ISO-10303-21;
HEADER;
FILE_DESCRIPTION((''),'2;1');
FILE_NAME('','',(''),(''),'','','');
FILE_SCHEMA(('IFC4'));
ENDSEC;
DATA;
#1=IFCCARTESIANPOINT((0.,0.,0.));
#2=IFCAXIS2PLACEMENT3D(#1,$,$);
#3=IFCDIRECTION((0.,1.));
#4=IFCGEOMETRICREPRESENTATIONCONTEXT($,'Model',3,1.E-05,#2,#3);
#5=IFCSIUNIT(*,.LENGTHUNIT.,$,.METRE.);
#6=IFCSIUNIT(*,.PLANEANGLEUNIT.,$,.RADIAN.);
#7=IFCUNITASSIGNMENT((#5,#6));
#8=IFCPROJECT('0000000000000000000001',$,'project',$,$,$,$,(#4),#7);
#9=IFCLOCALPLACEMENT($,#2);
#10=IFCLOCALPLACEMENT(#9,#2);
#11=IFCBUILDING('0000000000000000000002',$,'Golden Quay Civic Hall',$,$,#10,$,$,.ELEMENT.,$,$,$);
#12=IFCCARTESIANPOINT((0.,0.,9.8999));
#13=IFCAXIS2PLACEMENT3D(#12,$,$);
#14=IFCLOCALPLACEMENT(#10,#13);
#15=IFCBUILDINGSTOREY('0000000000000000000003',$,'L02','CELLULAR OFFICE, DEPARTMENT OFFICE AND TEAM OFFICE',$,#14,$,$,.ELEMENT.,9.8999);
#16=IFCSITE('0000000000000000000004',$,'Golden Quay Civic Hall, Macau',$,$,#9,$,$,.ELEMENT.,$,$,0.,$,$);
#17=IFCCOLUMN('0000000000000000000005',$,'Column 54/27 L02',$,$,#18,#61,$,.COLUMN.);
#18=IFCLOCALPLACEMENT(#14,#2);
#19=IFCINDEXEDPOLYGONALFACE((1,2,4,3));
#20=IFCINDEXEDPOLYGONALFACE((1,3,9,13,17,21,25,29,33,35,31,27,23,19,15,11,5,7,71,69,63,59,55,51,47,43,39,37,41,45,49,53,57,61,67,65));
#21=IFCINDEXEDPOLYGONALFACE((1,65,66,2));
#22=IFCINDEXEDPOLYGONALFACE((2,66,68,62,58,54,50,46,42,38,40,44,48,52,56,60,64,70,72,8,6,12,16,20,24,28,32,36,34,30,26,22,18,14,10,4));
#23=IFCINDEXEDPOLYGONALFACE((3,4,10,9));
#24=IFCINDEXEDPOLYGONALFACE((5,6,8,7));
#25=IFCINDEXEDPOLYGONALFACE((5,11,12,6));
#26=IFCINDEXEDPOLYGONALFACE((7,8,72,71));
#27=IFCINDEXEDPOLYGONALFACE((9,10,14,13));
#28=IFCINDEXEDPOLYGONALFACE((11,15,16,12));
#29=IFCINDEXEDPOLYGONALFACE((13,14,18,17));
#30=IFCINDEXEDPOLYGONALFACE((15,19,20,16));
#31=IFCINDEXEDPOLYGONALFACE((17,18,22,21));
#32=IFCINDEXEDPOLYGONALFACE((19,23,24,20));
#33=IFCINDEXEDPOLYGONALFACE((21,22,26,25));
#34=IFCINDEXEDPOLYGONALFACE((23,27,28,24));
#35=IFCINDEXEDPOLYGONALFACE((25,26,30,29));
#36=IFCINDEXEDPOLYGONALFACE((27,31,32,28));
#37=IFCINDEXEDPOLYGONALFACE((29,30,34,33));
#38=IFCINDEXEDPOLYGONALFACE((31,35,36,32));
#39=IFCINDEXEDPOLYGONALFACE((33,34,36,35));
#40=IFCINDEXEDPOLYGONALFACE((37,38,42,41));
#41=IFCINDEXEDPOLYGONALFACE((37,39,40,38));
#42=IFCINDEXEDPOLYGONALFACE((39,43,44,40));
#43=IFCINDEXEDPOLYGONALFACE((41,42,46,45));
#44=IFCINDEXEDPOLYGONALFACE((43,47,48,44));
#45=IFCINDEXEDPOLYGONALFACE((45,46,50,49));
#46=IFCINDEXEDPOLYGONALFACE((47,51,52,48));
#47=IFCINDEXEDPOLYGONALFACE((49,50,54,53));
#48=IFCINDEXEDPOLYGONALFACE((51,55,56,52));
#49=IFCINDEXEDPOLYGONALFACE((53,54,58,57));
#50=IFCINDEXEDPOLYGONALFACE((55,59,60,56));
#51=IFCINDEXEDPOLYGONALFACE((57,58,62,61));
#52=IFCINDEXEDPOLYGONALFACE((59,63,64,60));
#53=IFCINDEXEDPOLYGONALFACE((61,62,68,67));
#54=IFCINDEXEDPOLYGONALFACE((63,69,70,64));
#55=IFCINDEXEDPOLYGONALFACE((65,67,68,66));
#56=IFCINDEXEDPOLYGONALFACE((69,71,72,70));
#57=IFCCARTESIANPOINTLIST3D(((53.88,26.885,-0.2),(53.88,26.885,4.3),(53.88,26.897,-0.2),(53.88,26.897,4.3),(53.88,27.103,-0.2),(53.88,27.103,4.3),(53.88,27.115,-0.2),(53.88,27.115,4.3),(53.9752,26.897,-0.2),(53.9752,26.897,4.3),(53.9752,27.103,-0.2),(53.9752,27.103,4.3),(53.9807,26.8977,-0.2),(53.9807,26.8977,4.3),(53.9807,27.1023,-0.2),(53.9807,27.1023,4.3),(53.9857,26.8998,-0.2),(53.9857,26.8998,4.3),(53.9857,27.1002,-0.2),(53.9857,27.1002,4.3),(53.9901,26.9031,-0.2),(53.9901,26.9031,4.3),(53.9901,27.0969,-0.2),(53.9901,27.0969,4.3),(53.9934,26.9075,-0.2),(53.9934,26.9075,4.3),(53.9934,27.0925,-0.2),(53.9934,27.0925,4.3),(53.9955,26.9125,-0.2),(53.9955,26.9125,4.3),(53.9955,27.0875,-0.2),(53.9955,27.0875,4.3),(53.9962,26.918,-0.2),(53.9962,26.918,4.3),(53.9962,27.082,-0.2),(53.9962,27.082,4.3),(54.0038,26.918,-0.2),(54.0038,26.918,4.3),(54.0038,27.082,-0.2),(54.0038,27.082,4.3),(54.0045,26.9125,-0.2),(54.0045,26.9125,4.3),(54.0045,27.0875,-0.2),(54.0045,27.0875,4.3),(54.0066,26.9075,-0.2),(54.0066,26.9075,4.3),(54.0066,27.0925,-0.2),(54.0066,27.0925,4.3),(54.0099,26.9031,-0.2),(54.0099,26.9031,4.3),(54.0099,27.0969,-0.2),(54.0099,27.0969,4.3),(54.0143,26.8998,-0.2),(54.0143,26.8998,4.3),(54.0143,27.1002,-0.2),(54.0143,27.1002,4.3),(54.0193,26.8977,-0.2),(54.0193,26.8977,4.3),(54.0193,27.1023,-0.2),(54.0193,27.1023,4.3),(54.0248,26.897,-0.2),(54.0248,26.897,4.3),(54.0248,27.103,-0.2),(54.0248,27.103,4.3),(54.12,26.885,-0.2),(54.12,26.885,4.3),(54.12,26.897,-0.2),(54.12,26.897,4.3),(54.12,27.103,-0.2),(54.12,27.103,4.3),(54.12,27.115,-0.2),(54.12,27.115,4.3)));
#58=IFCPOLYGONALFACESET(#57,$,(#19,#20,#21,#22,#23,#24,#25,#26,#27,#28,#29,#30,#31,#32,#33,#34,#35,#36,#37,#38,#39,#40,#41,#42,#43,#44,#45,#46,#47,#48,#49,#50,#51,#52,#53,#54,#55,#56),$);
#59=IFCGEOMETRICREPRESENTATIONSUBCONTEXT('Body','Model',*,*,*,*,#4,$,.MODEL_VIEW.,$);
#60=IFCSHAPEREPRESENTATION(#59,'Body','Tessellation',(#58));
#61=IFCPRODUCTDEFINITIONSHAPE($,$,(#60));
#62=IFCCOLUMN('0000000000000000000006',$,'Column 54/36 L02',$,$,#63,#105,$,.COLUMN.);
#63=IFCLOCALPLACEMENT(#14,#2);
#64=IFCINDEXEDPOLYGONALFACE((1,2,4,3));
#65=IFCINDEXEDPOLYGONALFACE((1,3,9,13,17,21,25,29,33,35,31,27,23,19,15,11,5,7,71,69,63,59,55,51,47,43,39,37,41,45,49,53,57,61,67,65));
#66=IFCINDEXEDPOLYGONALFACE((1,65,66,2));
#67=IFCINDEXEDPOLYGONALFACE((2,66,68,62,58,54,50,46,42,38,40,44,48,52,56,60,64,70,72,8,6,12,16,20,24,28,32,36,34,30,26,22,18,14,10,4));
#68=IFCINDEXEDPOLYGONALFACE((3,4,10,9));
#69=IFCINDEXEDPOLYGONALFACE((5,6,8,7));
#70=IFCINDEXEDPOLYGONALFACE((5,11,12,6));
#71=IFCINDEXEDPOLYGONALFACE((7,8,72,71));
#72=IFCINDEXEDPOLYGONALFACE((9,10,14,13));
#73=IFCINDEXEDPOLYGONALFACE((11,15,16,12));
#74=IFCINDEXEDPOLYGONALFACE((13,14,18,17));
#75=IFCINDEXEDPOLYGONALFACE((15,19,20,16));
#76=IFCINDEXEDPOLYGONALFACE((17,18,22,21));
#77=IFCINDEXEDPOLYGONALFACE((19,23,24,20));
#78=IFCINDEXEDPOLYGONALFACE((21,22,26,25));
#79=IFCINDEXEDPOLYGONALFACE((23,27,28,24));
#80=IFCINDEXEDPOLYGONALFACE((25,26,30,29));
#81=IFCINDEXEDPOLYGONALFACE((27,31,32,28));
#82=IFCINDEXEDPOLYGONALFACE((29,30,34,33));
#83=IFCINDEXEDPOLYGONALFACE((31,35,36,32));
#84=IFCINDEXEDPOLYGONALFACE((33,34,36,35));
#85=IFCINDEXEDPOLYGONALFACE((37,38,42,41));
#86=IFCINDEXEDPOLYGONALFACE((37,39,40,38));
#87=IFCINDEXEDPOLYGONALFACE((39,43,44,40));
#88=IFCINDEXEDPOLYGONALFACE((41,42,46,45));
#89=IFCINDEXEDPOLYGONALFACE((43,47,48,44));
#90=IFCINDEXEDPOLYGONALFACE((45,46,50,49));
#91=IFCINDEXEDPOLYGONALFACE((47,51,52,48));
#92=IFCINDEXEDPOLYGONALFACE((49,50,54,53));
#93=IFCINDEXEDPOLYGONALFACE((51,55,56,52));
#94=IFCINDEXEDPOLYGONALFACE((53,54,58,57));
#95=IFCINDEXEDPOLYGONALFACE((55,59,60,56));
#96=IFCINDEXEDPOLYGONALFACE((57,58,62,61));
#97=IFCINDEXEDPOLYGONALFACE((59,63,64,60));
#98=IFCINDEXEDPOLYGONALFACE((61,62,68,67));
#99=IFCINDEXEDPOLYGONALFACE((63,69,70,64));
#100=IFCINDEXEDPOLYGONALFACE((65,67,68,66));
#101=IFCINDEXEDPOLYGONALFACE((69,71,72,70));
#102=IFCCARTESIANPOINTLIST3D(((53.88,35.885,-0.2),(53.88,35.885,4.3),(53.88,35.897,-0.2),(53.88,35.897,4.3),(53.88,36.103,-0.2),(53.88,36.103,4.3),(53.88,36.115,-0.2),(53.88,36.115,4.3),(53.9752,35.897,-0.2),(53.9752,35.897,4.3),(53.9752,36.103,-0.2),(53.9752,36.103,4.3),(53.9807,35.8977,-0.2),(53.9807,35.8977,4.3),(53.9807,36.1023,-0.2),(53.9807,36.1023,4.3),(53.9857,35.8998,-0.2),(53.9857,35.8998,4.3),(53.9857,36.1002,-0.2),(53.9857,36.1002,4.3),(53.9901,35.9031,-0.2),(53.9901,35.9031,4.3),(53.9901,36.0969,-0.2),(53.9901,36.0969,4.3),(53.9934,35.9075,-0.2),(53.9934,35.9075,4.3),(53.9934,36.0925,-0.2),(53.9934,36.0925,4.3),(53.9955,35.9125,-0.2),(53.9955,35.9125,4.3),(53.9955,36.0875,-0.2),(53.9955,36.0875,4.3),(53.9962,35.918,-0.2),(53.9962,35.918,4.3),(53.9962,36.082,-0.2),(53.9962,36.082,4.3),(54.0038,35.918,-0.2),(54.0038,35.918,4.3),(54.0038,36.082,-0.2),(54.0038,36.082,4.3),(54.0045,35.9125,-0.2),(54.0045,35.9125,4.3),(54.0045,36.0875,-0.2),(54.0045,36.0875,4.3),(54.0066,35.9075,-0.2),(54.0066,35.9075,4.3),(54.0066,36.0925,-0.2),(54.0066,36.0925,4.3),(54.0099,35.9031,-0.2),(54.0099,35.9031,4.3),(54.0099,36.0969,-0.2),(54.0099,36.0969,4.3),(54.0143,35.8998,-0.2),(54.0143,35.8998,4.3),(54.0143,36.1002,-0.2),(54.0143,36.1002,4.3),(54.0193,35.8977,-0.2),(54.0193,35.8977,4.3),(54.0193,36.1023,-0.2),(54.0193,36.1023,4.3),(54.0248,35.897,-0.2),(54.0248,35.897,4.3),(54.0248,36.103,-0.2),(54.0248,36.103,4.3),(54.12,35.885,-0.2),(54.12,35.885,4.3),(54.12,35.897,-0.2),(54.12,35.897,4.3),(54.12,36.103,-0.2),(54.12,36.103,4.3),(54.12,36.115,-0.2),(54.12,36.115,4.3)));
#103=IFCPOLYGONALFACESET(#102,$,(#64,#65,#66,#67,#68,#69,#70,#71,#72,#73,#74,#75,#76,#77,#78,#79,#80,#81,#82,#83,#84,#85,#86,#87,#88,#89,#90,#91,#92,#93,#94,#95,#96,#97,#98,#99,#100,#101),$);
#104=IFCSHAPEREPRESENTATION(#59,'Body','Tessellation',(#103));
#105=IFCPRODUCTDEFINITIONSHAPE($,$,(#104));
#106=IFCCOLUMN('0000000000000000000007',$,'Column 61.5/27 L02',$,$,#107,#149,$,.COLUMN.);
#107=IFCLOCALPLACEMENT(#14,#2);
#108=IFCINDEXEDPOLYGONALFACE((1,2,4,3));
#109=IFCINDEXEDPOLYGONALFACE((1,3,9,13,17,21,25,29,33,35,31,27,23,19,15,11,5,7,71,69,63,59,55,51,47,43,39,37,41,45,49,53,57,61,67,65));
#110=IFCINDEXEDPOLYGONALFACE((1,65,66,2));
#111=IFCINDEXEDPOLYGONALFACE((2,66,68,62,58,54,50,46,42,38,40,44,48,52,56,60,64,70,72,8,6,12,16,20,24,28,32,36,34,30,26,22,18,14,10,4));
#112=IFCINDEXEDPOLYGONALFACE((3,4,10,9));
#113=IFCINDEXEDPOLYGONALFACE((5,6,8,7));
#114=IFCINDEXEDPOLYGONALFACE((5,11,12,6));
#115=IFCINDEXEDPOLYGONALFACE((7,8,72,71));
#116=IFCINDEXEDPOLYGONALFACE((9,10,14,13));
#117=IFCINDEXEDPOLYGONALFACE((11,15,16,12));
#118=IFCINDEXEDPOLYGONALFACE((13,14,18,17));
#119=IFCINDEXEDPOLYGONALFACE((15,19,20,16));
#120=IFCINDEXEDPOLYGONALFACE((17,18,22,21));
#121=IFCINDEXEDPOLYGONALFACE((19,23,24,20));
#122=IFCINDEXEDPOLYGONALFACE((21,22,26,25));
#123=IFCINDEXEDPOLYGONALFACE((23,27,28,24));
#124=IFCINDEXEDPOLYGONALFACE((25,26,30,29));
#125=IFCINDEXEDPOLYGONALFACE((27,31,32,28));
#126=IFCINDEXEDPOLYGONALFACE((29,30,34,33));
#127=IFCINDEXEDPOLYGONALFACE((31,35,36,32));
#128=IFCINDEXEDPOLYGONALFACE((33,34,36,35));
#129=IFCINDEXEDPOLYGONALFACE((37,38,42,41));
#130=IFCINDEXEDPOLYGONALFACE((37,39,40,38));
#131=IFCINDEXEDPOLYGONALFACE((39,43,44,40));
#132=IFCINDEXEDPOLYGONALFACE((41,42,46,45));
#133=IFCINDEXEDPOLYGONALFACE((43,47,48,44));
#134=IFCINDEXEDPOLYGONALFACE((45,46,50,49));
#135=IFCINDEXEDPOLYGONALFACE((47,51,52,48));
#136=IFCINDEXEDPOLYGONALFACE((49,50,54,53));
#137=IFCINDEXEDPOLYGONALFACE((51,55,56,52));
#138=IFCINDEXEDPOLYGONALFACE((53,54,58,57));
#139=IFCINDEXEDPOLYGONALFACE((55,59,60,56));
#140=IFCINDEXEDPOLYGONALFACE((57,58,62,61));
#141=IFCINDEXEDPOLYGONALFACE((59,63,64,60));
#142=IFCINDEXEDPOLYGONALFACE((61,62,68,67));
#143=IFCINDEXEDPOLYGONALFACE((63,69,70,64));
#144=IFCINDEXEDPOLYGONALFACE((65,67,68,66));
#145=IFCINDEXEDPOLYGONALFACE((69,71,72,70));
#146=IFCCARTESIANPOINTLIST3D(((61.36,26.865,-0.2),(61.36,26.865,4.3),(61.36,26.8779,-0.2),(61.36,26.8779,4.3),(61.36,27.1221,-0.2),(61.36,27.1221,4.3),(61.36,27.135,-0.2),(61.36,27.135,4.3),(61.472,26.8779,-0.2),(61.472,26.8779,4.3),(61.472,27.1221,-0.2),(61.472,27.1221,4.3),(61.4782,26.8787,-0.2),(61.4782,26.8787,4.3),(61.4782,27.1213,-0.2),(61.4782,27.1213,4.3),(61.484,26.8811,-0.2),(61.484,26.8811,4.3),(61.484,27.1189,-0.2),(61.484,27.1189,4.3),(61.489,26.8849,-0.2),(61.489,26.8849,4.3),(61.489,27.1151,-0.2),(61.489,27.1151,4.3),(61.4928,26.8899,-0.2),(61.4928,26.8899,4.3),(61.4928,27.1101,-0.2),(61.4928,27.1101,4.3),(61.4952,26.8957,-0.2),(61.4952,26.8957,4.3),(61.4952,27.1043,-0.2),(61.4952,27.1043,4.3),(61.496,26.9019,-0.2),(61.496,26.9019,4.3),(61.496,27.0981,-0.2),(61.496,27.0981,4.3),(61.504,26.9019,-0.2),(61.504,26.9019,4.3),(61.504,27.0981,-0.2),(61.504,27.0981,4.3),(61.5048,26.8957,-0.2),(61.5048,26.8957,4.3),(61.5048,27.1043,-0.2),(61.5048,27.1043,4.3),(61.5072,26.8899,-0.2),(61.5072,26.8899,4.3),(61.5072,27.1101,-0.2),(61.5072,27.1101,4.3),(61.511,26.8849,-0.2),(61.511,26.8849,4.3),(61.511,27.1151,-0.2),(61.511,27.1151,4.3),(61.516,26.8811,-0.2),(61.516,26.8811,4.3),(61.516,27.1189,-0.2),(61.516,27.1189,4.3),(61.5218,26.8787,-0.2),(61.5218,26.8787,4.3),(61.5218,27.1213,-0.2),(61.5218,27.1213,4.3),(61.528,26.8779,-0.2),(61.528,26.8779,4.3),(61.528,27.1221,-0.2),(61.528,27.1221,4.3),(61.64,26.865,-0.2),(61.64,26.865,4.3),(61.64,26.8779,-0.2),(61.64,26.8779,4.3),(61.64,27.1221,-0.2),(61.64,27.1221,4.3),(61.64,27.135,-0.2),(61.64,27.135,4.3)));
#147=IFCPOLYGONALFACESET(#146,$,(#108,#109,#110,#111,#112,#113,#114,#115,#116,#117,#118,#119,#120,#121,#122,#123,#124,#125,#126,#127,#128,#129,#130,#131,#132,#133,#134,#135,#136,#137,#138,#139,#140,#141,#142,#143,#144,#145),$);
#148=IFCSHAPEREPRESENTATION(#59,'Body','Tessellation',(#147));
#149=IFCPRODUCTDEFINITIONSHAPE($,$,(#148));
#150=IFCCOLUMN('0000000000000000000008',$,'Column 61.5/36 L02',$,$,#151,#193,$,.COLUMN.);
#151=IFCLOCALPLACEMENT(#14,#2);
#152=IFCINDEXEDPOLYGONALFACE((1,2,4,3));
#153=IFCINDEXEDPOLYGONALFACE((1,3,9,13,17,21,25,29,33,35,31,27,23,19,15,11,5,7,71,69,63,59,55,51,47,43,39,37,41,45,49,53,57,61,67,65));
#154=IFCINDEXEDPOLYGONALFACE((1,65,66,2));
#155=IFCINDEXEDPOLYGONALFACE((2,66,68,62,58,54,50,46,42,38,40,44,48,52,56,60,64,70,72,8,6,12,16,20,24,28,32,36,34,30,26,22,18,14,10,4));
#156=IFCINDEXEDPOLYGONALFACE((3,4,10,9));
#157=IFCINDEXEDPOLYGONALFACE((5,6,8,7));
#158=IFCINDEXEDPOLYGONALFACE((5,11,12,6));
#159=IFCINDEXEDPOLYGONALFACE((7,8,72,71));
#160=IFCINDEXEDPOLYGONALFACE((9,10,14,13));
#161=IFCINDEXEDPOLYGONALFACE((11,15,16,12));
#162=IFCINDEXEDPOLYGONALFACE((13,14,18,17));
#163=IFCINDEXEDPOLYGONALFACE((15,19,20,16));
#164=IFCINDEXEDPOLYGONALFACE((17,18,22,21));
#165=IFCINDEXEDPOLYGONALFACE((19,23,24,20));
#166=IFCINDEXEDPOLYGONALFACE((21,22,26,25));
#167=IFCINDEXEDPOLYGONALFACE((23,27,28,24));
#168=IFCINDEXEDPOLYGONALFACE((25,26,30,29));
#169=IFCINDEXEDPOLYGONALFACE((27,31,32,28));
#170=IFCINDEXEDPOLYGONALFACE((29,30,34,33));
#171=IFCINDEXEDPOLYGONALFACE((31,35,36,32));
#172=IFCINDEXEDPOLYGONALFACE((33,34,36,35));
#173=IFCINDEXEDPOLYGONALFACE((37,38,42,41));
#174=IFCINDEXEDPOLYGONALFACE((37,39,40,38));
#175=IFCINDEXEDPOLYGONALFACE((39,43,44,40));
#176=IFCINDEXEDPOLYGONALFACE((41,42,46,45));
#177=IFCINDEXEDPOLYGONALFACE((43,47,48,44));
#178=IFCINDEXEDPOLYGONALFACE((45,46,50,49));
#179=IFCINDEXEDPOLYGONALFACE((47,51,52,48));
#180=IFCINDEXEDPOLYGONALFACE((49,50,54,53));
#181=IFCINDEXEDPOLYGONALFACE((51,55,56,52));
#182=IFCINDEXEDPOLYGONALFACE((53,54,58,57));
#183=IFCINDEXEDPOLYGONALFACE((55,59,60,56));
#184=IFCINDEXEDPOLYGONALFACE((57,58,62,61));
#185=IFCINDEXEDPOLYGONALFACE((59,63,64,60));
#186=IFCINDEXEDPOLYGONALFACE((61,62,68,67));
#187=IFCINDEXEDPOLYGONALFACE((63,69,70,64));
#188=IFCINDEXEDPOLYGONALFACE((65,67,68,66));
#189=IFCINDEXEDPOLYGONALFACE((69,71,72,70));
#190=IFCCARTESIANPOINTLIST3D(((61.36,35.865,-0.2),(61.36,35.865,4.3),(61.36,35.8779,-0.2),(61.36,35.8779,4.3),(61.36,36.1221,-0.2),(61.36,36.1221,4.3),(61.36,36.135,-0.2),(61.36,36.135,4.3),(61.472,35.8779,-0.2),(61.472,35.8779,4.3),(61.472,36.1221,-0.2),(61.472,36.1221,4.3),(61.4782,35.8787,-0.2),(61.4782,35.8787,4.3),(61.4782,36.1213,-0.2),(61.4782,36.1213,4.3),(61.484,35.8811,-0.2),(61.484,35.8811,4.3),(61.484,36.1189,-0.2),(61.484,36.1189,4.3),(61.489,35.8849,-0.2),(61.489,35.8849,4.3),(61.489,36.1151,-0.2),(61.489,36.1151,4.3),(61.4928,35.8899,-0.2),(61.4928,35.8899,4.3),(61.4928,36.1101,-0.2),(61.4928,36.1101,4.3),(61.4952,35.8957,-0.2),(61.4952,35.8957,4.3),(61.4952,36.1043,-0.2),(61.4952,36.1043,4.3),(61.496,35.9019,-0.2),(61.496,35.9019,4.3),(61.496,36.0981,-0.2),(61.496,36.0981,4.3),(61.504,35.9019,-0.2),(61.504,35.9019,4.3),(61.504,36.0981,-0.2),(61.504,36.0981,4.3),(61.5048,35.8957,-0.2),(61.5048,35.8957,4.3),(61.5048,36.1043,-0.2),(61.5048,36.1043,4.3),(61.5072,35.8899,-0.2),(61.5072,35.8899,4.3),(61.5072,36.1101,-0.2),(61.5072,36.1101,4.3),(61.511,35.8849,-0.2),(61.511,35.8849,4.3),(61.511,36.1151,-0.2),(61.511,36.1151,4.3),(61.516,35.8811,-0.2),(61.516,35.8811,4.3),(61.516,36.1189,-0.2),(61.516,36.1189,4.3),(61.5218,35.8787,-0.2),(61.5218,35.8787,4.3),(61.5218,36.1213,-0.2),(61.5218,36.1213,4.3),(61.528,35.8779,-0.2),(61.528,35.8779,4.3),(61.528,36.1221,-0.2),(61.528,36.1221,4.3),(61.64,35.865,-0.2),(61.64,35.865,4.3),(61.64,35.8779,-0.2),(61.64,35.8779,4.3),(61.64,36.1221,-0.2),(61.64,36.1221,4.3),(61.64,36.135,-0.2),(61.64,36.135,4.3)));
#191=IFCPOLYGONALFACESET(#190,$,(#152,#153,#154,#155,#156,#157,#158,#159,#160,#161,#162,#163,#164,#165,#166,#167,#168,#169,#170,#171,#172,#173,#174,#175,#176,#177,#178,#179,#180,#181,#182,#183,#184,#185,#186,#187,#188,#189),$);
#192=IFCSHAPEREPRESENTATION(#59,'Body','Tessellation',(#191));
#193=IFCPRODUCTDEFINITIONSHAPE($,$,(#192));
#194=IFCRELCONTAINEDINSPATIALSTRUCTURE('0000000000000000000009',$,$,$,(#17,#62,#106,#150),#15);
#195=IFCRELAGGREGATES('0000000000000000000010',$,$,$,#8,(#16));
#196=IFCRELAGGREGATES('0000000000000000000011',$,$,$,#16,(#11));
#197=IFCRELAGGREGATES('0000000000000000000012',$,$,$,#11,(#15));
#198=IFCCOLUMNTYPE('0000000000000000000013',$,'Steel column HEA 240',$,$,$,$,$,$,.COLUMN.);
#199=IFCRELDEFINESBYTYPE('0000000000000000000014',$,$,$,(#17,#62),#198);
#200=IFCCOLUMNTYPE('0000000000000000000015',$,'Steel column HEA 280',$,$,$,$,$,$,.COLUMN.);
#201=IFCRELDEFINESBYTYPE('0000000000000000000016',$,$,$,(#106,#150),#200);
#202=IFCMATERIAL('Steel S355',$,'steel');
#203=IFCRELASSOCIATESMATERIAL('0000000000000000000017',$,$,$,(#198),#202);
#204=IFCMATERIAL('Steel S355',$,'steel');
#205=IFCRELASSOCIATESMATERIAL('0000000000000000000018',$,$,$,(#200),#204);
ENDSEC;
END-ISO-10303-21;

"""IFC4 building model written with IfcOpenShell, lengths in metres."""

from ifc_helpers import new_model, si_unit, direction, frame, origin, origin_2d, place, context, subcontext, project, spatial, i_section, extrude, material, material_profile, profile_set, type_object, element, save


model = new_model("IFC4")

# Units and contexts
model_context = context("Model", 3, precision=1e-05, world=origin(), true_north=direction((0.0, 1.0)))
body_context = subcontext(model_context, "Body", "Model", "MODEL_VIEW")
ifc_project = project(units=[si_unit("LENGTHUNIT", "METRE"), si_unit("PLANEANGLEUNIT", "RADIAN")], contexts=[model_context])

# Site, building, storey
site_placement = place(None, origin())
site = spatial("IfcSite", under=ifc_project, at=site_placement, Name="Golden Quay Civic Hall, Macau", CompositionType="ELEMENT", RefElevation=0.0)
building_placement = place(site_placement, origin())
building = spatial("IfcBuilding", under=site, at=building_placement, Name="Golden Quay Civic Hall", CompositionType="ELEMENT")
storey_placement = place(building_placement, frame((0.0, 0.0, 9.8999)))
storey = spatial("IfcBuildingStorey", under=building, at=storey_placement, Name="L02", Description="CELLULAR OFFICE, DEPARTMENT OFFICE AND TEAM OFFICE", CompositionType="ELEMENT", Elevation=9.8999)

# Columns
ifc_material_1 = material(Name="Steel S355", Category="steel")
ifc_material_profile_1 = material_profile(ifc_material_1, i_section(OverallWidth=0.24, OverallDepth=0.23, WebThickness=0.0076, FlangeThickness=0.012, FilletRadius=0.021, at=origin_2d()), Name="HEA 240")
ifc_profile_set_1 = profile_set([ifc_material_profile_1], Name="Steel S355")
column_type_1 = type_object("IfcColumnType", Name="Steel column HEA 240", PredefinedType="COLUMN", material=ifc_profile_set_1)
for number, where, z_axis, x_axis, name in (
    (1, (54.0, 27.0, -0.2), (0.0, 0.0, 1.0), (1.0, 0.0, 0.0), "Column 54/27 L02"),
    (2, (54.0, 36.0, -0.2), (0.0, 0.0, 1.0), (1.0, 0.0, 0.0), "Column 54/36 L02"),
):
    element("IfcColumn", number, at=place(storey_placement, frame(where, z_axis=z_axis, x_axis=x_axis)), inside=storey, type_object=column_type_1, Name=name, PredefinedType="COLUMN", context=body_context, shape_type="SweptSolid", body=[
        extrude(i_section(OverallWidth=0.24, OverallDepth=0.23, WebThickness=0.0076, FlangeThickness=0.012, FilletRadius=0.021, at=origin_2d()), origin(), (0.0, 0.0, 1.0), 4.5),
    ])
ifc_material_2 = material(Name="Steel S355", Category="steel")
ifc_material_profile_2 = material_profile(ifc_material_2, i_section(OverallWidth=0.28, OverallDepth=0.27, WebThickness=0.0081, FlangeThickness=0.0129, FilletRadius=0.0239, at=origin_2d()), Name="HEA 280")
ifc_profile_set_2 = profile_set([ifc_material_profile_2], Name="Steel S355")
column_type_2 = type_object("IfcColumnType", Name="Steel column HEA 280", PredefinedType="COLUMN", material=ifc_profile_set_2)
for number, where, z_axis, x_axis, name in (
    (3, (61.5, 27.0, -0.2), (0.0, 0.0, 1.0), (1.0, 0.0, 0.0), "Column 61.5/27 L02"),
    (4, (61.5, 36.0, -0.2), (0.0, 0.0, 1.0), (1.0, 0.0, 0.0), "Column 61.5/36 L02"),
):
    element("IfcColumn", number, at=place(storey_placement, frame(where, z_axis=z_axis, x_axis=x_axis)), inside=storey, type_object=column_type_2, Name=name, PredefinedType="COLUMN", context=body_context, shape_type="SweptSolid", body=[
        extrude(i_section(OverallWidth=0.28, OverallDepth=0.27, WebThickness=0.0081, FlangeThickness=0.0129, FilletRadius=0.0239, at=origin_2d()), origin(), (0.0, 0.0, 1.0), 4.5),
    ])

save(model, "model.ifc")
